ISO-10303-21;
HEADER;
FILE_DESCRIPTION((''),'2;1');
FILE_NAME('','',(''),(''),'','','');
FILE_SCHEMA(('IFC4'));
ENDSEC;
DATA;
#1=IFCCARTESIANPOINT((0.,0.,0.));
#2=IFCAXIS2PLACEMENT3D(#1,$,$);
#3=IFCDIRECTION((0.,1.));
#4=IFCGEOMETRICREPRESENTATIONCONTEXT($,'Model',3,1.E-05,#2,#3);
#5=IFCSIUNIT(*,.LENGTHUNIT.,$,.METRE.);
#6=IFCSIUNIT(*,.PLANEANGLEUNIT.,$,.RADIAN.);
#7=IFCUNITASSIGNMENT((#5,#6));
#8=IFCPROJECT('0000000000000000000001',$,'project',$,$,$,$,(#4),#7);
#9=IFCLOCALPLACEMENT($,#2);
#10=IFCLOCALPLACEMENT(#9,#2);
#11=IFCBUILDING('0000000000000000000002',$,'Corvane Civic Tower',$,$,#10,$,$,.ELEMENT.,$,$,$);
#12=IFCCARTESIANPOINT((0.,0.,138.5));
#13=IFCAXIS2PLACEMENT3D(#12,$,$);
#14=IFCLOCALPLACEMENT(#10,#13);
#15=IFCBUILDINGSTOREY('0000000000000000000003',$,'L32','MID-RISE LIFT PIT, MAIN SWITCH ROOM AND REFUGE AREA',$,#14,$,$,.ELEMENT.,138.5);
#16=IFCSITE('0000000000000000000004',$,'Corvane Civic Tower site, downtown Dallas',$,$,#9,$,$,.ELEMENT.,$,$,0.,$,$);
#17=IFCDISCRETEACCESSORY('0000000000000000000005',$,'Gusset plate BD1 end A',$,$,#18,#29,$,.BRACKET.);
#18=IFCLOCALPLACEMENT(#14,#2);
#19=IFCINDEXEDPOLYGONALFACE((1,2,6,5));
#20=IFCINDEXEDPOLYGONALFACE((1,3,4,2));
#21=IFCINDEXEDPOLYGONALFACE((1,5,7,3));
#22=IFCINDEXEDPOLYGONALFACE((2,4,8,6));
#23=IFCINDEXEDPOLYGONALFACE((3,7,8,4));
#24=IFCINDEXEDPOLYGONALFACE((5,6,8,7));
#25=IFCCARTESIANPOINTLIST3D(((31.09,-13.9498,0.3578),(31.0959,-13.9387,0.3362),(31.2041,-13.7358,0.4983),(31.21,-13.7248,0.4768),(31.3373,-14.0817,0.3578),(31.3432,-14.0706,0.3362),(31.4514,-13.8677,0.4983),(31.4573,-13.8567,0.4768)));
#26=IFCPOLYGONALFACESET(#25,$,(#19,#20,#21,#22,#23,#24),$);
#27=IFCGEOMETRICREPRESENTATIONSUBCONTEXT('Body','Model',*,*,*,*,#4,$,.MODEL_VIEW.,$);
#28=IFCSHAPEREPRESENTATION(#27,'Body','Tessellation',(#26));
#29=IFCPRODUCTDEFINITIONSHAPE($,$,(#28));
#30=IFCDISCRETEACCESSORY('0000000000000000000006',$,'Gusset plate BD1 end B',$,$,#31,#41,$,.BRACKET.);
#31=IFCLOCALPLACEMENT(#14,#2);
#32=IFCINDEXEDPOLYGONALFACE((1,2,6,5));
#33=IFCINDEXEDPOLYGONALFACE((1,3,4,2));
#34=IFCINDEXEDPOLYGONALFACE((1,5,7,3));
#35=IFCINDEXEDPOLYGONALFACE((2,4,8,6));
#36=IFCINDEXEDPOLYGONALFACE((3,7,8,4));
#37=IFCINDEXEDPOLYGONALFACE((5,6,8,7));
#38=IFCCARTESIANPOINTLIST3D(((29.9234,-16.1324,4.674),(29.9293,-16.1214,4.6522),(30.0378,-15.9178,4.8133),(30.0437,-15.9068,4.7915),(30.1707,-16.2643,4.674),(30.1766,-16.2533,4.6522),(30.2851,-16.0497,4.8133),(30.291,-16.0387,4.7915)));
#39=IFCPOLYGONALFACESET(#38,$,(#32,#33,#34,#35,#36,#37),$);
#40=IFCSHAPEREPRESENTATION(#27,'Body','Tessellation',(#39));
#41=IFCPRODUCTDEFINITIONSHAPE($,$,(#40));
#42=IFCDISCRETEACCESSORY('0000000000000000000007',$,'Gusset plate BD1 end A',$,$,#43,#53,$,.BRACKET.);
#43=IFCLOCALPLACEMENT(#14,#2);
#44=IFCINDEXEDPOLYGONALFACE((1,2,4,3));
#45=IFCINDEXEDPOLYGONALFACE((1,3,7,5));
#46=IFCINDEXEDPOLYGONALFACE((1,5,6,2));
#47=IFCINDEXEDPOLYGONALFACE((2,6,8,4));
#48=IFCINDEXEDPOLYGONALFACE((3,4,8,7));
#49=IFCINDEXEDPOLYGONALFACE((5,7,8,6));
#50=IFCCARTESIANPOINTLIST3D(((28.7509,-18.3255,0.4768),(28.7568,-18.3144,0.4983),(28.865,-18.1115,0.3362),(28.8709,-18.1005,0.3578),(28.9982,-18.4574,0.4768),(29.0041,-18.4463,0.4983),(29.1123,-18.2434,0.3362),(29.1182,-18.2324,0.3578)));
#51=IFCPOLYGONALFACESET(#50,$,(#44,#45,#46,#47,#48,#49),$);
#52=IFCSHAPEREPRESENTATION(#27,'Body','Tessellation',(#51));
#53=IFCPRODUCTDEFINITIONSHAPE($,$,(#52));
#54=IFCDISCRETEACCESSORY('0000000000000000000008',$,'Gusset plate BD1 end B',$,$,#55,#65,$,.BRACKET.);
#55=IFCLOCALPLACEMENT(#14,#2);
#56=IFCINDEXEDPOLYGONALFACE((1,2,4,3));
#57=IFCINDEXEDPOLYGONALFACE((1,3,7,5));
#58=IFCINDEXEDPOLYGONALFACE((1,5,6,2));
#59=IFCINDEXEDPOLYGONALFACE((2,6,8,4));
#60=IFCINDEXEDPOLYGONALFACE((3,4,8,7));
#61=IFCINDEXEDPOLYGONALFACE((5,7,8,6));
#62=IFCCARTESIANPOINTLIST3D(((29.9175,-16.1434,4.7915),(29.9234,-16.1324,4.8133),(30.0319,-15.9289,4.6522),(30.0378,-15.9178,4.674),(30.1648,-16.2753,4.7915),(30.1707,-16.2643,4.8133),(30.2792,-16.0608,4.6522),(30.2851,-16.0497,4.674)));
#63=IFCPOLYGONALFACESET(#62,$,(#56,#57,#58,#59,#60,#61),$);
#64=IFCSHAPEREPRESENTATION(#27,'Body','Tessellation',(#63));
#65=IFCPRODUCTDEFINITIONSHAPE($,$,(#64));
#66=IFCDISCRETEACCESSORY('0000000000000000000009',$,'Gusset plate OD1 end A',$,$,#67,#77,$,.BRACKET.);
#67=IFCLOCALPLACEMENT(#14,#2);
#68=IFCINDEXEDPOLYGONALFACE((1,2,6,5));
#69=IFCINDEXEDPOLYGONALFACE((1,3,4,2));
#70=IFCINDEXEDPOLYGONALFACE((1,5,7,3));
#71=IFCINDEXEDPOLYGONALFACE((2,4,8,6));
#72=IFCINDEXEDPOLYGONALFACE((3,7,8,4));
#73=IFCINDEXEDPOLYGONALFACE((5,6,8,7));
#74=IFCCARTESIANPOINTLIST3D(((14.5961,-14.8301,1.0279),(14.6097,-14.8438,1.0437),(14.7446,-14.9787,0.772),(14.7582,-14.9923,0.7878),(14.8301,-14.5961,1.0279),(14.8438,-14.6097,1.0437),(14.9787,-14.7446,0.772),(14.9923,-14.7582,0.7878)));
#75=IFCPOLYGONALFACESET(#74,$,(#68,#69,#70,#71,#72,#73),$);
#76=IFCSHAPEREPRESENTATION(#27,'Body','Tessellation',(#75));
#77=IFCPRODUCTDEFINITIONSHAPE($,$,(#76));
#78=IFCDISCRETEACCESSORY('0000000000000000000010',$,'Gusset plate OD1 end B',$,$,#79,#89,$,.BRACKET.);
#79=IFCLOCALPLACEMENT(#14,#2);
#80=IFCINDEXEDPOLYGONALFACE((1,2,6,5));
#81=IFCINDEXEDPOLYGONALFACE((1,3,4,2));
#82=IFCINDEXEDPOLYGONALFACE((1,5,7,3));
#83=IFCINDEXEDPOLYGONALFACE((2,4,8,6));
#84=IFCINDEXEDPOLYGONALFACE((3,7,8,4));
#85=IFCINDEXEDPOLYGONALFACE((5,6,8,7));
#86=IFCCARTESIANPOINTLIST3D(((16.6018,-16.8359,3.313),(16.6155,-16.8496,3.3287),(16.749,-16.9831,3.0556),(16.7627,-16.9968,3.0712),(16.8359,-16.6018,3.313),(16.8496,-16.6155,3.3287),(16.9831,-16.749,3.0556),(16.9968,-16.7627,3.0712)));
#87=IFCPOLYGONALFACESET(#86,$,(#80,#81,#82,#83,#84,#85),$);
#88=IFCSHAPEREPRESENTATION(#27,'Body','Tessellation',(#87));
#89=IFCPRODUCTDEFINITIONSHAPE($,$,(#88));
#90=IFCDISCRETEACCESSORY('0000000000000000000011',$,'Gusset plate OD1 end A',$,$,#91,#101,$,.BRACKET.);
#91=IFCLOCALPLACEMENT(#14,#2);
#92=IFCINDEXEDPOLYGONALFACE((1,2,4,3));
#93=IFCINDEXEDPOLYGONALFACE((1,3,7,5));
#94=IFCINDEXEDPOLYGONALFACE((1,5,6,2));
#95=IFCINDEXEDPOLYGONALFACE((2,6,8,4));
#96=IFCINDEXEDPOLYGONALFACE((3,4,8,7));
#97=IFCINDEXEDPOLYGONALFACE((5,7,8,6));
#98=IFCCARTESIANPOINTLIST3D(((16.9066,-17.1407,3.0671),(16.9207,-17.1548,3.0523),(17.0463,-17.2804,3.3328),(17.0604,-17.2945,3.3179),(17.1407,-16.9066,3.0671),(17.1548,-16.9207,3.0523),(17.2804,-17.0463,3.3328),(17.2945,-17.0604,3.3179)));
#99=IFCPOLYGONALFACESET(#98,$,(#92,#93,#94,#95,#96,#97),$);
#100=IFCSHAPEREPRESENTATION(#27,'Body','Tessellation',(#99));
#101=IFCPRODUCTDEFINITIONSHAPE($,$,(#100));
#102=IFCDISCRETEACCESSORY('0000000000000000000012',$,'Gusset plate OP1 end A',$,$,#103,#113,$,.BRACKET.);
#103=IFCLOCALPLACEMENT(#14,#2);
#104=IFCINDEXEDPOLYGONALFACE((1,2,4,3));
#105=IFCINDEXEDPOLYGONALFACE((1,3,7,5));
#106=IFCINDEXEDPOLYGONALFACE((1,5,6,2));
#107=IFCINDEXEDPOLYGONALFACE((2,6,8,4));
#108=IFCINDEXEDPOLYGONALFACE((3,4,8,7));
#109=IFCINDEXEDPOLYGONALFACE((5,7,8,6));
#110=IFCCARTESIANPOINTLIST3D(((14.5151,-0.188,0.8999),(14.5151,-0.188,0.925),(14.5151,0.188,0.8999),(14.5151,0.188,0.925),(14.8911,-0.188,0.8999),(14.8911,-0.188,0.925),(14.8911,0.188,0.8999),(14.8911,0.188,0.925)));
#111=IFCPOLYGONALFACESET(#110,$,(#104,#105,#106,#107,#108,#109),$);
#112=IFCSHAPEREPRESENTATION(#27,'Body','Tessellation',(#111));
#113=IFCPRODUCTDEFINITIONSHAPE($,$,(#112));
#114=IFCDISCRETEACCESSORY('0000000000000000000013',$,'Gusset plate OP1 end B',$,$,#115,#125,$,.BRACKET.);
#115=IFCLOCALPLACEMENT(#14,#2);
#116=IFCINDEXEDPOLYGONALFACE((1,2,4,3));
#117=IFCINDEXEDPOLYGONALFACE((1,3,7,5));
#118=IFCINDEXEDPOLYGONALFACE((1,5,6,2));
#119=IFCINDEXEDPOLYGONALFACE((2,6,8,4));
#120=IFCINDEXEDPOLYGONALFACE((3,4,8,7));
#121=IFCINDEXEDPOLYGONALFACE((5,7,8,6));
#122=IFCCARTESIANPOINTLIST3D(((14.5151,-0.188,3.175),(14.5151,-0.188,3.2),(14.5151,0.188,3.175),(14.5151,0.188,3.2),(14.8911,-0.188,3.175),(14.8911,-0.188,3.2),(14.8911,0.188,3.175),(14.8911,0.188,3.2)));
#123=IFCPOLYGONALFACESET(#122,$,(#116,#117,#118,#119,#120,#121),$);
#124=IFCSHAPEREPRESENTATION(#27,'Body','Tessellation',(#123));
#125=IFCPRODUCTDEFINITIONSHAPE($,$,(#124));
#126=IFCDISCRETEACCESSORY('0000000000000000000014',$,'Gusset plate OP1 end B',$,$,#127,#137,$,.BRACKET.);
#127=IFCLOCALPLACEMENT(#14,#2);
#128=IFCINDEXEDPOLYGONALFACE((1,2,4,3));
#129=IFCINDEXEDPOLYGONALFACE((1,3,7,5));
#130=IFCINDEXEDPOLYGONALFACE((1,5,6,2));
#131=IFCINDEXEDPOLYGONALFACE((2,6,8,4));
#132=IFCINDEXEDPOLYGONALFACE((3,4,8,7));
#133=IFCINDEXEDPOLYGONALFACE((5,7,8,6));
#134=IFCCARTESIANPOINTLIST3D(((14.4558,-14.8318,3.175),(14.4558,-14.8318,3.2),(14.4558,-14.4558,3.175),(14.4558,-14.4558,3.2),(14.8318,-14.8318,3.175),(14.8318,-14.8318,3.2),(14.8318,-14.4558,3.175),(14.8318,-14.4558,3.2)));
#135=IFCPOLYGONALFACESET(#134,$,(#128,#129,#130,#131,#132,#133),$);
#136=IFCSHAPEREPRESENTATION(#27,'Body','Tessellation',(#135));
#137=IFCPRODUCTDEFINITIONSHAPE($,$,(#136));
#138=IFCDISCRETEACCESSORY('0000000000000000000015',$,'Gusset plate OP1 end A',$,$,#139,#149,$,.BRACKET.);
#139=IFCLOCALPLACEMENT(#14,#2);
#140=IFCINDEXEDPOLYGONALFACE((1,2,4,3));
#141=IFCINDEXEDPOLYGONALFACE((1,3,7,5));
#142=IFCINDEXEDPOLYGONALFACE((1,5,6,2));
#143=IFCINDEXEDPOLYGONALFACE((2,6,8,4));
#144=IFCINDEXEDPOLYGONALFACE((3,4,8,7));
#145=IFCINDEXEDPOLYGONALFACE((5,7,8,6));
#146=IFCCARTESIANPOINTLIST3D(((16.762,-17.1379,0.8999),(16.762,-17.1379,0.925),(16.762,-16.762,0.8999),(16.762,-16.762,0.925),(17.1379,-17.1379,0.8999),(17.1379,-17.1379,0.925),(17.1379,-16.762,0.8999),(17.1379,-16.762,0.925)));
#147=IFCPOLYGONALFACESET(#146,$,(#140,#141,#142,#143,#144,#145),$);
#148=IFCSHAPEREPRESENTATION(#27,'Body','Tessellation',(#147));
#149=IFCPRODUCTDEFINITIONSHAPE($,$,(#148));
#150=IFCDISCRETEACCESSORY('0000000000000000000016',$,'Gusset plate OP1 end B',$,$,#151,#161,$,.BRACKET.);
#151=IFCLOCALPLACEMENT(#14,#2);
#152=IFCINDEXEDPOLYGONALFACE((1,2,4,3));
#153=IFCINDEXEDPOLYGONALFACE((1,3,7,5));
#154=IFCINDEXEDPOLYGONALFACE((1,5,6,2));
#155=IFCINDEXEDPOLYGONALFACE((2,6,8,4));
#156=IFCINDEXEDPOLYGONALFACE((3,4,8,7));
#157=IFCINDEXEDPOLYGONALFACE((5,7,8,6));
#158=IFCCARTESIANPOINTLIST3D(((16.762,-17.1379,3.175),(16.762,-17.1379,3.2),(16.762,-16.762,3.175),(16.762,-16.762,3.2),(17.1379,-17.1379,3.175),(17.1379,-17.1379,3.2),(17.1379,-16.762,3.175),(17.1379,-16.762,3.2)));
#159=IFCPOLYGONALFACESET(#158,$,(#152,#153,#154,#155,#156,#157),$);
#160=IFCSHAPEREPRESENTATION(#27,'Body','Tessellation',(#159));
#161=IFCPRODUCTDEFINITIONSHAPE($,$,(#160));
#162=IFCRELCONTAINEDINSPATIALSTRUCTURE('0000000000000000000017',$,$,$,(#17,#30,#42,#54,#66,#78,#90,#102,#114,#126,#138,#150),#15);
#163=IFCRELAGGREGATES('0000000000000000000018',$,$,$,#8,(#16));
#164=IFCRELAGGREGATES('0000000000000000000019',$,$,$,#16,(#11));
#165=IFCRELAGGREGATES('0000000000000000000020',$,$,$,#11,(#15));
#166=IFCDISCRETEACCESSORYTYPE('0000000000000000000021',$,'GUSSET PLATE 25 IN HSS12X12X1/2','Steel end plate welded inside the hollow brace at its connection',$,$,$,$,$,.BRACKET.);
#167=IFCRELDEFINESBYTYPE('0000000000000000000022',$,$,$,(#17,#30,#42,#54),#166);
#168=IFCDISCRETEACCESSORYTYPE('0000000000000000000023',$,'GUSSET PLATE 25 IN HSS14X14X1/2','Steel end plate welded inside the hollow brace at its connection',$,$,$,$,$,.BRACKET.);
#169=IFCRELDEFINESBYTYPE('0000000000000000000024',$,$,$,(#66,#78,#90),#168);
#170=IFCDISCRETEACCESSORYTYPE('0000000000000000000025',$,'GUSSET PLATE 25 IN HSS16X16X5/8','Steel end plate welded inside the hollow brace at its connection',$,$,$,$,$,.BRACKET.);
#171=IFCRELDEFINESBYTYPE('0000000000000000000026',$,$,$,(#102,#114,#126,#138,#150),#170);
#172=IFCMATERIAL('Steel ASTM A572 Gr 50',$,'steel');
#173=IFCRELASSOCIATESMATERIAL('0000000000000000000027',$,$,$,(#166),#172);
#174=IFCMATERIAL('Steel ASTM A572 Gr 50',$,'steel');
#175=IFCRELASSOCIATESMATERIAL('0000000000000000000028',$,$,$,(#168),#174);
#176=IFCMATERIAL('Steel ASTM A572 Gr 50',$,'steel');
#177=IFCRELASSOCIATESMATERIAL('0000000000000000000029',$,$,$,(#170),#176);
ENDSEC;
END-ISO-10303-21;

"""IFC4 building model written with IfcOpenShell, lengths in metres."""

from ifc_helpers import new_model, si_unit, direction, frame, origin, origin_2d, place, context, subcontext, project, spatial, rectangle, extrude, material, material_profile, profile_set, type_object, element, save


model = new_model("IFC4")

# Units and contexts
model_context = context("Model", 3, precision=1e-05, world=origin(), true_north=direction((0.0, 1.0)))
body_context = subcontext(model_context, "Body", "Model", "MODEL_VIEW")
ifc_project = project(units=[si_unit("LENGTHUNIT", "METRE"), si_unit("PLANEANGLEUNIT", "RADIAN")], contexts=[model_context])

# Site, building, storey
site_placement = place(None, origin())
site = spatial("IfcSite", under=ifc_project, at=site_placement, Name="Corvane Civic Tower site, downtown Dallas", CompositionType="ELEMENT", RefElevation=0.0)
building_placement = place(site_placement, origin())
building = spatial("IfcBuilding", under=site, at=building_placement, Name="Corvane Civic Tower", CompositionType="ELEMENT")
storey_placement = place(building_placement, frame((0.0, 0.0, 138.5)))
storey = spatial("IfcBuildingStorey", under=building, at=storey_placement, Name="L32", Description="MID-RISE LIFT PIT, MAIN SWITCH ROOM AND REFUGE AREA", CompositionType="ELEMENT", Elevation=138.5)

# Discrete accessories
ifc_material_1 = material(Name="Steel ASTM A572 Gr 50", Category="steel")
ifc_material_profile_1 = material_profile(ifc_material_1, rectangle(XDim=0.2803, YDim=0.2803, at=origin_2d()), Name="GUSSET PLATE 25 IN HSS12X12X1/2")
ifc_profile_set_1 = profile_set([ifc_material_profile_1], Name="Steel ASTM A572 Gr 50")
discrete_accessory_type_1 = type_object("IfcDiscreteAccessoryType", Name="GUSSET PLATE 25 IN HSS12X12X1/2", Description="Steel end plate welded inside the hollow brace at its connection", PredefinedType="BRACKET", material=ifc_profile_set_1)
discrete_accessory_1_placement = place(storey_placement, frame((31.2766, -13.8977, 0.4065), z_axis=(-0.235964, -0.442433, 0.865202), x_axis=(0.882353, -0.470588, 0.0)))
element("IfcDiscreteAccessory", 1, at=discrete_accessory_1_placement, inside=storey, type_object=discrete_accessory_type_1, Name="Gusset plate BD1 end A", PredefinedType="BRACKET", context=body_context, shape_type="SweptSolid", body=[
    extrude(rectangle(XDim=0.2803, YDim=0.2803, at=origin_2d()), origin(), (0.0, 0.0, 1.0), 0.0249),
])
discrete_accessory_2_placement = place(storey_placement, frame((30.1042, -16.0911, 4.7437), z_axis=(0.233971, 0.438696, -0.867643), x_axis=(-0.882353, 0.470588, 0.0)))
element("IfcDiscreteAccessory", 2, at=discrete_accessory_2_placement, inside=storey, type_object=discrete_accessory_type_1, Name="Gusset plate BD1 end B", PredefinedType="BRACKET", context=body_context, shape_type="SweptSolid", body=[
    extrude(rectangle(XDim=0.2803, YDim=0.2803, at=origin_2d()), origin(), (0.0, 0.0, 1.0), 0.0251),
])
discrete_accessory_3_placement = place(storey_placement, frame((28.9316, -18.2844, 0.4065), z_axis=(0.235964, 0.442433, 0.865202), x_axis=(-0.882353, 0.470588, 0.0)))
element("IfcDiscreteAccessory", 3, at=discrete_accessory_3_placement, inside=storey, type_object=discrete_accessory_type_1, Name="Gusset plate BD1 end A", PredefinedType="BRACKET", context=body_context, shape_type="SweptSolid", body=[
    extrude(rectangle(XDim=0.2803, YDim=0.2803, at=origin_2d()), origin(), (0.0, 0.0, 1.0), 0.0249),
])
discrete_accessory_4_placement = place(storey_placement, frame((30.1042, -16.0911, 4.7437), z_axis=(-0.233971, -0.438696, -0.867643), x_axis=(0.882353, -0.470588, 0.0)))
element("IfcDiscreteAccessory", 4, at=discrete_accessory_4_placement, inside=storey, type_object=discrete_accessory_type_1, Name="Gusset plate BD1 end B", PredefinedType="BRACKET", context=body_context, shape_type="SweptSolid", body=[
    extrude(rectangle(XDim=0.2803, YDim=0.2803, at=origin_2d()), origin(), (0.0, 0.0, 1.0), 0.0251),
])
ifc_material_2 = material(Name="Steel ASTM A572 Gr 50", Category="steel")
ifc_material_profile_2 = material_profile(ifc_material_2, rectangle(XDim=0.3311, YDim=0.3311, at=origin_2d()), Name="GUSSET PLATE 25 IN HSS14X14X1/2")
ifc_profile_set_2 = profile_set([ifc_material_profile_2], Name="Steel ASTM A572 Gr 50")
discrete_accessory_type_2 = type_object("IfcDiscreteAccessoryType", Name="GUSSET PLATE 25 IN HSS14X14X1/2", Description="Steel end plate welded inside the hollow brace at its connection", PredefinedType="BRACKET", material=ifc_profile_set_2)
for number, where, z_axis, x_axis, name in (
    (5, (14.7874, -14.7874, 0.8999), (0.546582, -0.546582, 0.634426), (0.707107, 0.707107, 0.0), "Gusset plate OD1 end A"),
    (6, (16.8062, -16.8062, 3.2), (-0.549972, 0.549972, -0.628539), (-0.707107, -0.707107, 0.0), "Gusset plate OD1 end B"),
    (7, (17.0935, -17.0935, 3.2), (0.567402, -0.567402, -0.59675), (0.707107, 0.707107, 0.0), "Gusset plate OD1 end A"),
):
    element("IfcDiscreteAccessory", number, at=place(storey_placement, frame(where, z_axis=z_axis, x_axis=x_axis)), inside=storey, type_object=discrete_accessory_type_2, Name=name, PredefinedType="BRACKET", context=body_context, shape_type="SweptSolid", body=[
        extrude(rectangle(XDim=0.3311, YDim=0.3311, at=origin_2d()), origin(), (0.0, 0.0, 1.0), 0.0249),
    ])
ifc_material_3 = material(Name="Steel ASTM A572 Gr 50", Category="steel")
ifc_material_profile_3 = material_profile(ifc_material_3, rectangle(XDim=0.376, YDim=0.376, at=origin_2d()), Name="GUSSET PLATE 25 IN HSS16X16X5/8")
ifc_profile_set_3 = profile_set([ifc_material_profile_3], Name="Steel ASTM A572 Gr 50")
discrete_accessory_type_3 = type_object("IfcDiscreteAccessoryType", Name="GUSSET PLATE 25 IN HSS16X16X5/8", Description="Steel end plate welded inside the hollow brace at its connection", PredefinedType="BRACKET", material=ifc_profile_set_3)
discrete_accessory_5_placement = place(storey_placement, frame((14.7031, 0.0, 0.8999), z_axis=(0.0, 0.0, 1.0), x_axis=(1.0, 0.0, 0.0)))
element("IfcDiscreteAccessory", 8, at=discrete_accessory_5_placement, inside=storey, type_object=discrete_accessory_type_3, Name="Gusset plate OP1 end A", PredefinedType="BRACKET", context=body_context, shape_type="SweptSolid", body=[
    extrude(rectangle(XDim=0.376, YDim=0.376, at=origin_2d()), origin(), (0.0, 0.0, 1.0), 0.0251),
])
for number, where, z_axis, x_axis, name in (
    (9, (14.7031, 0.0, 3.2), (0.0, 0.0, -1.0), (1.0, 0.0, 0.0), "Gusset plate OP1 end B"),
    (10, (14.6438, -14.6438, 3.2), (0.0, 0.0, -1.0), (1.0, 0.0, 0.0), "Gusset plate OP1 end B"),
):
    element("IfcDiscreteAccessory", number, at=place(storey_placement, frame(where, z_axis=z_axis, x_axis=x_axis)), inside=storey, type_object=discrete_accessory_type_3, Name=name, PredefinedType="BRACKET", context=body_context, shape_type="SweptSolid", body=[
        extrude(rectangle(XDim=0.376, YDim=0.376, at=origin_2d()), origin(), (0.0, 0.0, 1.0), 0.0249),
    ])
discrete_accessory_6_placement = place(storey_placement, frame((16.95, -16.95, 0.8999), z_axis=(0.0, 0.0, 1.0), x_axis=(1.0, 0.0, 0.0)))
element("IfcDiscreteAccessory", 11, at=discrete_accessory_6_placement, inside=storey, type_object=discrete_accessory_type_3, Name="Gusset plate OP1 end A", PredefinedType="BRACKET", context=body_context, shape_type="SweptSolid", body=[
    extrude(rectangle(XDim=0.376, YDim=0.376, at=origin_2d()), origin(), (0.0, 0.0, 1.0), 0.0251),
])
discrete_accessory_7_placement = place(storey_placement, frame((16.95, -16.95, 3.2), z_axis=(0.0, 0.0, -1.0), x_axis=(1.0, 0.0, 0.0)))
element("IfcDiscreteAccessory", 12, at=discrete_accessory_7_placement, inside=storey, type_object=discrete_accessory_type_3, Name="Gusset plate OP1 end B", PredefinedType="BRACKET", context=body_context, shape_type="SweptSolid", body=[
    extrude(rectangle(XDim=0.376, YDim=0.376, at=origin_2d()), origin(), (0.0, 0.0, 1.0), 0.0249),
])

save(model, "model.ifc")
